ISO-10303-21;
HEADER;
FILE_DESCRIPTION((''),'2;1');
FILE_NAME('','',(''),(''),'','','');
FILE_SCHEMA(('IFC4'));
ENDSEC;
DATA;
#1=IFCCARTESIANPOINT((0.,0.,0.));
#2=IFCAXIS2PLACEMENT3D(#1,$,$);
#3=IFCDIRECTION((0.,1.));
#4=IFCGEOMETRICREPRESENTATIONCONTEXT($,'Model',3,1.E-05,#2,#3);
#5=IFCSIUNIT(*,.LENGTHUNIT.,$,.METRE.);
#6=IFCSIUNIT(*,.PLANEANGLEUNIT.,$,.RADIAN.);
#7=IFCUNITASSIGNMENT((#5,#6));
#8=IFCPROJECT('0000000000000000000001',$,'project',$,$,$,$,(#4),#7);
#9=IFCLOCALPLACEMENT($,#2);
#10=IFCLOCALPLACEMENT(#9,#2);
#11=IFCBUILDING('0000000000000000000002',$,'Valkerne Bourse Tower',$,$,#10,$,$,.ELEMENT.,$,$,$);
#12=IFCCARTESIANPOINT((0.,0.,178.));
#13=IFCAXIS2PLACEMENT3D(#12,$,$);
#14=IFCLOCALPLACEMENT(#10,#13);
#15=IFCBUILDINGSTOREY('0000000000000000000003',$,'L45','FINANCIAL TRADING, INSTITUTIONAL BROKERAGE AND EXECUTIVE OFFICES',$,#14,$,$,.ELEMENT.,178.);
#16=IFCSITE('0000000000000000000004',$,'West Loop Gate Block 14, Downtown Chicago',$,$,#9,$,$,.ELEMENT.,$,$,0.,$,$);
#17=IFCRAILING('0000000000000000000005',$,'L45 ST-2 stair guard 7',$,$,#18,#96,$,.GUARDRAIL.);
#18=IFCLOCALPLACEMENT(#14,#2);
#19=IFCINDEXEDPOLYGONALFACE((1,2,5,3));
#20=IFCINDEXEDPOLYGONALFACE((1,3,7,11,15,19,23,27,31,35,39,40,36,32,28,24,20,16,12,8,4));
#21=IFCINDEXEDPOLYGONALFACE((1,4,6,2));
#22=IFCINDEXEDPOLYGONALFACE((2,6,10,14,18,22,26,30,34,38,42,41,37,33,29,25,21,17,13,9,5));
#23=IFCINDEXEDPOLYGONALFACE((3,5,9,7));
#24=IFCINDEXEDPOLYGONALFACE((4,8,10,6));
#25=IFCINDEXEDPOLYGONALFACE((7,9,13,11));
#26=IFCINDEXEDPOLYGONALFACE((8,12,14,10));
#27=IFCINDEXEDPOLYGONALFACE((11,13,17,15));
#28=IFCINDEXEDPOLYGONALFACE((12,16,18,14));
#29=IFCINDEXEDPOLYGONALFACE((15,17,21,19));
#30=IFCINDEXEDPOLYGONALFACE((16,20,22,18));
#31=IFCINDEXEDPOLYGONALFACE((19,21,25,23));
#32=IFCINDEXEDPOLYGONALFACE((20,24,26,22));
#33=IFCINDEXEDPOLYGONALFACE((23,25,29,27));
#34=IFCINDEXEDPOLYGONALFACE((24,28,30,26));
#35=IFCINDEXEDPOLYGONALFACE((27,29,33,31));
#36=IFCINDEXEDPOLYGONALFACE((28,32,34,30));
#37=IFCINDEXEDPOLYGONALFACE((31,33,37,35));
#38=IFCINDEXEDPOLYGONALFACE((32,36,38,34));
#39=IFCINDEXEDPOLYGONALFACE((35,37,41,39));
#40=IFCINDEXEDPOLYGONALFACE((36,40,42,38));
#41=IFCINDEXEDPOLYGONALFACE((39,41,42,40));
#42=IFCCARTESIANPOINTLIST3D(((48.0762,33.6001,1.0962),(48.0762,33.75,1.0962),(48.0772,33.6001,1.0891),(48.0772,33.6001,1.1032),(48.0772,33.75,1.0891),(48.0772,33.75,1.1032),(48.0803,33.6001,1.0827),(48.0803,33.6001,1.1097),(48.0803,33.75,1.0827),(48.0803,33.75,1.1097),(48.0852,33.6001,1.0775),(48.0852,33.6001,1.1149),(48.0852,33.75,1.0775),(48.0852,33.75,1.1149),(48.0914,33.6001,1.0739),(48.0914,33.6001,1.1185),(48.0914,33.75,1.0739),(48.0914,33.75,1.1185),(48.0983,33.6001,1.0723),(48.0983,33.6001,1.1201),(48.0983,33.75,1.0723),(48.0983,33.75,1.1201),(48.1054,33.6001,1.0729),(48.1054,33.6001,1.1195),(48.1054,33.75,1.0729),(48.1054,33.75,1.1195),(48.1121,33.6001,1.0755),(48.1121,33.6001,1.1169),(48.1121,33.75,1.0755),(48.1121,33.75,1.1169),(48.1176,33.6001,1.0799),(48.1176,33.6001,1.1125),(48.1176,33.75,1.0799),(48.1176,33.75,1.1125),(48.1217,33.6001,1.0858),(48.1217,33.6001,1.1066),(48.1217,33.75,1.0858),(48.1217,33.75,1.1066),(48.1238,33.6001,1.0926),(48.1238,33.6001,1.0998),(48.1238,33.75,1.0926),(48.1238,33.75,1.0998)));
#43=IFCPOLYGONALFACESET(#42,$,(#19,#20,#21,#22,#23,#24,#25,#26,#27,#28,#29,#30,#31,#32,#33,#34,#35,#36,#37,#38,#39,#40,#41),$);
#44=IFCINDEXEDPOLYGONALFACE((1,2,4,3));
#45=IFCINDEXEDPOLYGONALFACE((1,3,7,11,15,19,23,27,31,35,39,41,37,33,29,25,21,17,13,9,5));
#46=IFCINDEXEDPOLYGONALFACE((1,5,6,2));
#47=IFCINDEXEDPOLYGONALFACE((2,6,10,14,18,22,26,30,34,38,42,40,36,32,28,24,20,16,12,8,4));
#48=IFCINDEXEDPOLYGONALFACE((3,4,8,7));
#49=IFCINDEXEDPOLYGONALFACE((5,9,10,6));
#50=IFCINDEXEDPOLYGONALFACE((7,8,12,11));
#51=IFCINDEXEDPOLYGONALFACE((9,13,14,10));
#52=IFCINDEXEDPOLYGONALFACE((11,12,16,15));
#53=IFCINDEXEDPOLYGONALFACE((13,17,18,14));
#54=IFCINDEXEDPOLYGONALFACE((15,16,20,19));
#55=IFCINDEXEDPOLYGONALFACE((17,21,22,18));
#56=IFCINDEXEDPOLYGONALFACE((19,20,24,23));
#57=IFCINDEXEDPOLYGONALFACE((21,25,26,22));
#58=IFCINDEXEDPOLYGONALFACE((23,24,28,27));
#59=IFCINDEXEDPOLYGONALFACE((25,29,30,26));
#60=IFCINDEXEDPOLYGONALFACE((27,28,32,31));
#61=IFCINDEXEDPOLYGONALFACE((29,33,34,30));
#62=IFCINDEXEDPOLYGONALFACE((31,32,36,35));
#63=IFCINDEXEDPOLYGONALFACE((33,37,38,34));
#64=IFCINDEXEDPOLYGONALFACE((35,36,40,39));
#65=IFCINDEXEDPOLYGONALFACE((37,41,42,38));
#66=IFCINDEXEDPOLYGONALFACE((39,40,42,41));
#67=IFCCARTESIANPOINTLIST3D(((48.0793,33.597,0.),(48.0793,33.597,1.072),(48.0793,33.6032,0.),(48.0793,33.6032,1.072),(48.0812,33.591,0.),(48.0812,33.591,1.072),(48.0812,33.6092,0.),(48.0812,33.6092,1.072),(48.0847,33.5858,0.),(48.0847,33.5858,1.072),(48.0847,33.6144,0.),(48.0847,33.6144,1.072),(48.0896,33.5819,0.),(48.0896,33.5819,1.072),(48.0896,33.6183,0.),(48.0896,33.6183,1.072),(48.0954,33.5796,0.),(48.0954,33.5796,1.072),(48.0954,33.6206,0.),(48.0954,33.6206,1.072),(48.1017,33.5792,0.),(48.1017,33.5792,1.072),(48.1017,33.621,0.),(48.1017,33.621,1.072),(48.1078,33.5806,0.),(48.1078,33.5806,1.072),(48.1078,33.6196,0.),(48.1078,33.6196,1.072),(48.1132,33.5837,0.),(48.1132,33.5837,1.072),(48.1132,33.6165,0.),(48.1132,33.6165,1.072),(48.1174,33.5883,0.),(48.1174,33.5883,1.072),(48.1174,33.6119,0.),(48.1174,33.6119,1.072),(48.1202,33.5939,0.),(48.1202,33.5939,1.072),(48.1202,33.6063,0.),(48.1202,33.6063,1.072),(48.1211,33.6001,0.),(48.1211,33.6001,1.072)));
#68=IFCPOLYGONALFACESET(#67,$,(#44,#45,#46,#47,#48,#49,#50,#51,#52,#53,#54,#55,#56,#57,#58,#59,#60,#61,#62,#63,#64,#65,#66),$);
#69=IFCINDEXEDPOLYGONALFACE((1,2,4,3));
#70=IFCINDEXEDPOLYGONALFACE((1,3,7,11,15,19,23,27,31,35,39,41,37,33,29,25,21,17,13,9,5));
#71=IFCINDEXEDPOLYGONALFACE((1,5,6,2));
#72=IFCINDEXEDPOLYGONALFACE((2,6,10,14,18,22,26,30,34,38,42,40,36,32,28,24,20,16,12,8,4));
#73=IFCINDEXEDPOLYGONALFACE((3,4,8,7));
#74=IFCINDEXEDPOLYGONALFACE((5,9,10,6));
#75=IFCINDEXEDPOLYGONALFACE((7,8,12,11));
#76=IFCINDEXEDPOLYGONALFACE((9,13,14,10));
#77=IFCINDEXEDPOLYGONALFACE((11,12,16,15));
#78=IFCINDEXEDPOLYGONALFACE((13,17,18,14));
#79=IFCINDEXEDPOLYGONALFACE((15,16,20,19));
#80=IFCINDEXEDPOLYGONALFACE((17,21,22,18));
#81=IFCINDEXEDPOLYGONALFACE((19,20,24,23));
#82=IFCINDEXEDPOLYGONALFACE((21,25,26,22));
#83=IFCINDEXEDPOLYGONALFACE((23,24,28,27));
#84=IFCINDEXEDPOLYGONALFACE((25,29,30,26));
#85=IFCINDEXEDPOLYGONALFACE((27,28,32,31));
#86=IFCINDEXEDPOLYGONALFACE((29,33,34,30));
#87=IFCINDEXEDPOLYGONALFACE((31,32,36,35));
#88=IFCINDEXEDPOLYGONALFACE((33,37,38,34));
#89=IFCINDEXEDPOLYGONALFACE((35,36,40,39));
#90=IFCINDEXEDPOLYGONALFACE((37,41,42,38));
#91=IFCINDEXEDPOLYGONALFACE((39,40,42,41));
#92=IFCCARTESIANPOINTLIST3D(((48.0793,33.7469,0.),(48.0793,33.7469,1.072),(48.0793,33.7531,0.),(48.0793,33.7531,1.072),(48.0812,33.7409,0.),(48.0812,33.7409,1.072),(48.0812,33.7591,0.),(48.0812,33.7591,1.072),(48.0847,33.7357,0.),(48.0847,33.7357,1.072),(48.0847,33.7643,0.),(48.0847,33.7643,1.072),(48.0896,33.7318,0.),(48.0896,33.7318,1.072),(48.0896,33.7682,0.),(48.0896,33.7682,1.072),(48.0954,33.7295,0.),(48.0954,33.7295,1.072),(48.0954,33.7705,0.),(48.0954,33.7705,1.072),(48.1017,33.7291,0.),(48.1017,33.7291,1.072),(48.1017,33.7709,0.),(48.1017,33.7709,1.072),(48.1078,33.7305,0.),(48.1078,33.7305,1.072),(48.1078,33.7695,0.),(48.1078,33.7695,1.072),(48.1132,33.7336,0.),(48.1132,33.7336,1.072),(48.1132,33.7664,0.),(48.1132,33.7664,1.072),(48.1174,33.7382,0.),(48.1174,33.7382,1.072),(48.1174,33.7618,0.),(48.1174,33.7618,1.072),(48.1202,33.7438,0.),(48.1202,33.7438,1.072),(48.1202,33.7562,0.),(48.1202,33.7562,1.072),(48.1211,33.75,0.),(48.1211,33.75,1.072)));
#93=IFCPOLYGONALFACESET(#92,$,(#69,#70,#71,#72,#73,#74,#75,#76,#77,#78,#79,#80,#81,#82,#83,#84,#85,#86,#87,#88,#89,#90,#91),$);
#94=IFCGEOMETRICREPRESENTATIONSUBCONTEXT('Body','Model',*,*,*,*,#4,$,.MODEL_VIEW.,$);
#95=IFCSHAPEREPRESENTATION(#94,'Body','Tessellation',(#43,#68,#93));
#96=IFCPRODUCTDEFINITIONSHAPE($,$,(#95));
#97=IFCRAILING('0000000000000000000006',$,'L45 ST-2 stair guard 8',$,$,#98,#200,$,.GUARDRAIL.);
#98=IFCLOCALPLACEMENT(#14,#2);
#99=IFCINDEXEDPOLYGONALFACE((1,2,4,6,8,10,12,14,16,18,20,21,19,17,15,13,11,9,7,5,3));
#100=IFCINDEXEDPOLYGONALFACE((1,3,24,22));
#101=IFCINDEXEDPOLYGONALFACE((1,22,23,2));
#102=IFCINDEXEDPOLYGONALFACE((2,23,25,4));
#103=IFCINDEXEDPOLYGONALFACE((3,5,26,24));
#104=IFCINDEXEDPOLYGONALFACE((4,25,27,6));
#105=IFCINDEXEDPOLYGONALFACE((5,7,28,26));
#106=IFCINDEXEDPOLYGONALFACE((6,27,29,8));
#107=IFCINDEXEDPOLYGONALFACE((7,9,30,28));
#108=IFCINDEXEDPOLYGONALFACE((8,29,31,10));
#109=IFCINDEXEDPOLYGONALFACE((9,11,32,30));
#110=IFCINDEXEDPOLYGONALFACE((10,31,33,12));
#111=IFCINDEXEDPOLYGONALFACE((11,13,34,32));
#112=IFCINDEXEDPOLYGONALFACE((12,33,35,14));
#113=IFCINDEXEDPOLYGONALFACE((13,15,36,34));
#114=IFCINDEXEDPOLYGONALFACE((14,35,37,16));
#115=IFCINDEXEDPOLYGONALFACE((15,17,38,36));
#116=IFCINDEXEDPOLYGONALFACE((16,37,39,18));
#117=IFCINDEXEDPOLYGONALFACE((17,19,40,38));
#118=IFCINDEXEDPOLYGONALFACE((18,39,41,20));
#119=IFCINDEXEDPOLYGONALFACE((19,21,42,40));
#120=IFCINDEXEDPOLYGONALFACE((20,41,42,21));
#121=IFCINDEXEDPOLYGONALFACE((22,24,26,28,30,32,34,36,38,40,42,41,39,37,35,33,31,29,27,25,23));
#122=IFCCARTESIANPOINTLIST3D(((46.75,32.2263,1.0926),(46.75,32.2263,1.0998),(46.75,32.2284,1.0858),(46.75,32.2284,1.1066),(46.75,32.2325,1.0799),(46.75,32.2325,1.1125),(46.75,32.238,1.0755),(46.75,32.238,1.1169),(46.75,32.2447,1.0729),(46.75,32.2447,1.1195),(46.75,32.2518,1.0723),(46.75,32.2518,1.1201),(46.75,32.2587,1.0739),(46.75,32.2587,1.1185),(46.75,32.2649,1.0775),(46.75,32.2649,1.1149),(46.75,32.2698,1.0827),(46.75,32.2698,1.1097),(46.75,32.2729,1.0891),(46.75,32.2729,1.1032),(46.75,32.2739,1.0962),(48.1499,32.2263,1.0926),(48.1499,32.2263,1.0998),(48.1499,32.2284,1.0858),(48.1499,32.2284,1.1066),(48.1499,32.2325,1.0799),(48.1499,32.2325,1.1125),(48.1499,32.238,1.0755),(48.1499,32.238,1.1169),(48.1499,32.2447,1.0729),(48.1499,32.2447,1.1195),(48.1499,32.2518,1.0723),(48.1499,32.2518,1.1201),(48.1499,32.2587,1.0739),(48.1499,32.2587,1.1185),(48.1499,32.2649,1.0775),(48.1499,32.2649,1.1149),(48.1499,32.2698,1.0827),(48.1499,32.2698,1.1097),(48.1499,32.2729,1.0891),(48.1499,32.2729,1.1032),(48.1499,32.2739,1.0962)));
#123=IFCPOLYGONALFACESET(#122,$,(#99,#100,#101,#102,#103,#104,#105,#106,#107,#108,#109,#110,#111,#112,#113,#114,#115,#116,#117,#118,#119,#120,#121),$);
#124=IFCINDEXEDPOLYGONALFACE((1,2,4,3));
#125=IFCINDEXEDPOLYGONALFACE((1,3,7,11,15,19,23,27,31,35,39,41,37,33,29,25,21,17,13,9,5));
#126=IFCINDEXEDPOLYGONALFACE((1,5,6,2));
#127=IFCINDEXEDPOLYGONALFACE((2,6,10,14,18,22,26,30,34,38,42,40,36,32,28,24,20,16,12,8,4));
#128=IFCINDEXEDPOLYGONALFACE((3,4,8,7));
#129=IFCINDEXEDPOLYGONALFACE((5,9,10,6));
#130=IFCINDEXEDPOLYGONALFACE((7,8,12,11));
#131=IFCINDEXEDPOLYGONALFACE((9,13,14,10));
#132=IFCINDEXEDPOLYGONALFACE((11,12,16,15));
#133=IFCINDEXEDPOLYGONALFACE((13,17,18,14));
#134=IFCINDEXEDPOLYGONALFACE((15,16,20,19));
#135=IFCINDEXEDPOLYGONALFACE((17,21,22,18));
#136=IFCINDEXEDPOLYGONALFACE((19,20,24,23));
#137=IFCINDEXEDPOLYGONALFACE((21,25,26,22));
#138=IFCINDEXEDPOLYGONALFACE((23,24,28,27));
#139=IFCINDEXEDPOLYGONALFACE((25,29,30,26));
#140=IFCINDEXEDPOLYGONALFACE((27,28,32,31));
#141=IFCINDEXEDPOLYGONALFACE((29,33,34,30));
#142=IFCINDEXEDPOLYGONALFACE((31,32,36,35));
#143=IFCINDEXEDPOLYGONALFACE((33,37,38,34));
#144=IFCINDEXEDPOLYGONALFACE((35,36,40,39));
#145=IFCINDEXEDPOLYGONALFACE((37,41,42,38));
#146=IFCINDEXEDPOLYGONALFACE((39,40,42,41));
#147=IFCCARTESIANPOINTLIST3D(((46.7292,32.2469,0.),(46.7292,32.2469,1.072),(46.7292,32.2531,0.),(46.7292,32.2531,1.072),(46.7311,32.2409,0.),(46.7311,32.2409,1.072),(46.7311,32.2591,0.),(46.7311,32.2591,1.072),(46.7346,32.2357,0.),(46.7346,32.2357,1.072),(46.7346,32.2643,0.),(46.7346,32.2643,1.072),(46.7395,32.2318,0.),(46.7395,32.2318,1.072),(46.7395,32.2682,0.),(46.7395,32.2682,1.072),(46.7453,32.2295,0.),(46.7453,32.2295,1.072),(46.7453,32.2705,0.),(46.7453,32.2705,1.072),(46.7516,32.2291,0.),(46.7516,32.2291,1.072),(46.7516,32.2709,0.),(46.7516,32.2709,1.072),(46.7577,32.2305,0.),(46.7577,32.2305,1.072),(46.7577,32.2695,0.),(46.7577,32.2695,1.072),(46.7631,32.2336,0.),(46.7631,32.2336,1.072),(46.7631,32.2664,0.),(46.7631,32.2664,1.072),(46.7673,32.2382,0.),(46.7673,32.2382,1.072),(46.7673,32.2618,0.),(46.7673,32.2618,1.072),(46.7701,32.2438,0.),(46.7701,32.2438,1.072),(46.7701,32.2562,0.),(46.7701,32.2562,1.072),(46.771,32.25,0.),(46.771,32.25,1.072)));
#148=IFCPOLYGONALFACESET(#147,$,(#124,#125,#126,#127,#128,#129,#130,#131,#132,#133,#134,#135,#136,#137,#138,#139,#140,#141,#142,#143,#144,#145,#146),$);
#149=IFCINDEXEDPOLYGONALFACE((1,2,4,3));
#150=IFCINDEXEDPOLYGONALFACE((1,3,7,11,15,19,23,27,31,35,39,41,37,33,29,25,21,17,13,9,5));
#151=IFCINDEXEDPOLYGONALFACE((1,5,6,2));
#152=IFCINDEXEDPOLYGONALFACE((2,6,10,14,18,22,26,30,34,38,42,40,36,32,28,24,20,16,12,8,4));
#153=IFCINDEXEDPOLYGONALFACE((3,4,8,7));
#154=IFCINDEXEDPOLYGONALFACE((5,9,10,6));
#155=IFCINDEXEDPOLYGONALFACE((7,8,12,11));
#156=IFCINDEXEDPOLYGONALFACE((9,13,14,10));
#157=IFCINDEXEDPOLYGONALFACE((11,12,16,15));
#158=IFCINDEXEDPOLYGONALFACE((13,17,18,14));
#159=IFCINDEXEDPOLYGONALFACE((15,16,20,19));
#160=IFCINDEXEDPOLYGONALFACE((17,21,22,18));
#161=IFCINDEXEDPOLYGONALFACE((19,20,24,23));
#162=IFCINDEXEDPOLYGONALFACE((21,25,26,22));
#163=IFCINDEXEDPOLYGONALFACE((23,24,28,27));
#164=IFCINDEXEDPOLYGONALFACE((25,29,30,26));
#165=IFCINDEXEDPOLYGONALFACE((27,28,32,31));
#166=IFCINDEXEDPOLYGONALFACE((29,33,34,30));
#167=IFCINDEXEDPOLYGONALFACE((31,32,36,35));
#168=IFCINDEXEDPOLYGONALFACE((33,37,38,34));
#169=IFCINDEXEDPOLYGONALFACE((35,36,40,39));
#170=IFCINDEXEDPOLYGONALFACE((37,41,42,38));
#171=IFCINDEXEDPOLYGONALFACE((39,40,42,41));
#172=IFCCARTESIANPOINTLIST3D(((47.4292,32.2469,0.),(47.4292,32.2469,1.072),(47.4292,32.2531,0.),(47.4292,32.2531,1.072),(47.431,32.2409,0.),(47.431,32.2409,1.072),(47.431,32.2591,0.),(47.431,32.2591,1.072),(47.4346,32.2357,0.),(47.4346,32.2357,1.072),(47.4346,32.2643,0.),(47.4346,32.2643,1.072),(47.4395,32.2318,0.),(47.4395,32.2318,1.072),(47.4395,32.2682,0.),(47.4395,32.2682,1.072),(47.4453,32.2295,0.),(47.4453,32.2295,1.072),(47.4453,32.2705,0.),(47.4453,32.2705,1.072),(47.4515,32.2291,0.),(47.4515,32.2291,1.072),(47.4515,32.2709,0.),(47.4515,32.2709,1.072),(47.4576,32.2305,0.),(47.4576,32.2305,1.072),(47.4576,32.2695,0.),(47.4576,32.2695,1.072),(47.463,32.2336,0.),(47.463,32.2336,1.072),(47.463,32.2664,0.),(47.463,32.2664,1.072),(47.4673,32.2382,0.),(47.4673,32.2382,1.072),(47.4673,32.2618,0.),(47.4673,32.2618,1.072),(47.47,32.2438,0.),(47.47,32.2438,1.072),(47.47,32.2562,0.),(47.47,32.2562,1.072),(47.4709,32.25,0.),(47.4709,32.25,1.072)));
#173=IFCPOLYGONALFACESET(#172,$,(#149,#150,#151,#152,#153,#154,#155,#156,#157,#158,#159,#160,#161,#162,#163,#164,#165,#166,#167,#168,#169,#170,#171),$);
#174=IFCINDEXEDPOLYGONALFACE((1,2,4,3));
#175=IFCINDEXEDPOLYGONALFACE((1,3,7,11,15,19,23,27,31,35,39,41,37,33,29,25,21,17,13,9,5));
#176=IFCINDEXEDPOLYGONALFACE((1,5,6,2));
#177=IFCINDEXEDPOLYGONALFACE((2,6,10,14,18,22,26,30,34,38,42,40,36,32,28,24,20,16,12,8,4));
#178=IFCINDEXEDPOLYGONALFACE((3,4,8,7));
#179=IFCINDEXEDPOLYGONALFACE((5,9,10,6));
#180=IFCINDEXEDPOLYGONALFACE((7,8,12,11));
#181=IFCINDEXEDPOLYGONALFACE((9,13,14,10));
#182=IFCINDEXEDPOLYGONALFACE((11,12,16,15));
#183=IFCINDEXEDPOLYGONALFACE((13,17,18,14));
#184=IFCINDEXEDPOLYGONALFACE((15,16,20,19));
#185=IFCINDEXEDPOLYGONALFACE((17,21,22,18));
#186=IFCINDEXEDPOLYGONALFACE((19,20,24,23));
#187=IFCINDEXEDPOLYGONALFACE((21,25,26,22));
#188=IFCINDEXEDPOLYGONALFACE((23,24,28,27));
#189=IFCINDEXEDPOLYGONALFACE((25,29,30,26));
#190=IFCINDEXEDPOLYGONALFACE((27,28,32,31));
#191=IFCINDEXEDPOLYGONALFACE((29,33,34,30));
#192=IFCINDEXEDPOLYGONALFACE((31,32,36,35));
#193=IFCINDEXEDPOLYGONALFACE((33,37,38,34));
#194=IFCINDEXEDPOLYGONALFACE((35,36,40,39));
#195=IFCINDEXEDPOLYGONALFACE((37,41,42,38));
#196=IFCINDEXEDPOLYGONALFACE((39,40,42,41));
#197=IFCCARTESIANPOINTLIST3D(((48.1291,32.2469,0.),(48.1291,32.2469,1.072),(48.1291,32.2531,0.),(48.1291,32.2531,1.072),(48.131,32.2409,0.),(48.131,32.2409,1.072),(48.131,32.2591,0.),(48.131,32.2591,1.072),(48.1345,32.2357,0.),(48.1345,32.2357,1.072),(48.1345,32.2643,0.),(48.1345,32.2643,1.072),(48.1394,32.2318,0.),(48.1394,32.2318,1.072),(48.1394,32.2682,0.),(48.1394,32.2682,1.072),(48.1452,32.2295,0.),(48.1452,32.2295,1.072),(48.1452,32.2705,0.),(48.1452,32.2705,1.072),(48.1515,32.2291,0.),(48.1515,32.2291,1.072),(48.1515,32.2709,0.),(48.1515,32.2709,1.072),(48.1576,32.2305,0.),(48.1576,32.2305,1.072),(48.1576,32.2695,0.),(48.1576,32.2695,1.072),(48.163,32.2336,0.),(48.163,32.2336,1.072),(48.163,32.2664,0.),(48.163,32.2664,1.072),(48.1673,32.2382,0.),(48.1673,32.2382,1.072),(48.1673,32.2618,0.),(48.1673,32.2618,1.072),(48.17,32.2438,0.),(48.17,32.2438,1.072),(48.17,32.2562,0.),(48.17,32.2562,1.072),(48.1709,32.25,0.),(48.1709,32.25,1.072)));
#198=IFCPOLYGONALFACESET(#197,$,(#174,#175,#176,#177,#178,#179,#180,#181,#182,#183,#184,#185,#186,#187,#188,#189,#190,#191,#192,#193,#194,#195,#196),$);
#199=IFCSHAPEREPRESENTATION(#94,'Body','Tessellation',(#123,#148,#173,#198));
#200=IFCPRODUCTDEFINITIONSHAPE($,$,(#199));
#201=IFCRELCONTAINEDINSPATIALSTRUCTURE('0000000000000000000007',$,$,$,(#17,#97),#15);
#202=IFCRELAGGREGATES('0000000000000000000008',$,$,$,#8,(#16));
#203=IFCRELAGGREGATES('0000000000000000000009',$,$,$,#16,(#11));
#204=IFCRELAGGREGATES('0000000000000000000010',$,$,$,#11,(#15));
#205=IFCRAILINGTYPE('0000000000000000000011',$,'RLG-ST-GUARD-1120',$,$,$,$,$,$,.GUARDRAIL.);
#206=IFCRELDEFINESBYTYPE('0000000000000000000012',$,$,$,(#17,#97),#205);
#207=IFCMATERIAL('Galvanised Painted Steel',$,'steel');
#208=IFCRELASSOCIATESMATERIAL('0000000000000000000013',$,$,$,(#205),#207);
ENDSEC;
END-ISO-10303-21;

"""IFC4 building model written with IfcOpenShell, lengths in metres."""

from ifc_helpers import new_model, si_unit, direction, frame, origin, origin_2d, place, context, subcontext, project, spatial, circle, extrude, material, type_object, element, save


model = new_model("IFC4")

# Units and contexts
model_context = context("Model", 3, precision=1e-05, world=origin(), true_north=direction((0.0, 1.0)))
body_context = subcontext(model_context, "Body", "Model", "MODEL_VIEW")
ifc_project = project(units=[si_unit("LENGTHUNIT", "METRE"), si_unit("PLANEANGLEUNIT", "RADIAN")], contexts=[model_context])

# Site, building, storey
site_placement = place(None, origin())
site = spatial("IfcSite", under=ifc_project, at=site_placement, Name="West Loop Gate Block 14, Downtown Chicago", CompositionType="ELEMENT", RefElevation=0.0)
building_placement = place(site_placement, origin())
building = spatial("IfcBuilding", under=site, at=building_placement, Name="Valkerne Bourse Tower", CompositionType="ELEMENT")
storey_placement = place(building_placement, frame((0.0, 0.0, 178.0)))
storey = spatial("IfcBuildingStorey", under=building, at=storey_placement, Name="L45", Description="FINANCIAL TRADING, INSTITUTIONAL BROKERAGE AND EXECUTIVE OFFICES", CompositionType="ELEMENT", Elevation=178.0)

# Shared definitions
ifc_material_1 = material(Name="Galvanised Painted Steel", Category="steel")

# Railings
railing_type_1 = type_object("IfcRailingType", Name="RLG-ST-GUARD-1120", PredefinedType="GUARDRAIL", material=ifc_material_1)
railing_1_placement = place(storey_placement, frame((48.1001, 33.6001, 0.0)))
element("IfcRailing", 1, at=railing_1_placement, inside=storey, type_object=railing_type_1, Name="L45 ST-2 stair guard 7", PredefinedType="GUARDRAIL", context=body_context, shape_type="SweptSolid", body=[
    extrude(circle(Radius=0.0239, at=origin_2d()), frame((0.0, 0.0, 1.0962), z_axis=(0.0, 1.0, 0.0), x_axis=(-1.0, 0.0, 0.0)), (0.0, 0.0, 1.0), 0.1499),
    extrude(circle(Radius=0.021, at=origin_2d()), origin(), (0.0, 0.0, 1.0), 1.072),
    extrude(circle(Radius=0.021, at=origin_2d()), frame((0.0, 0.1499, 0.0)), (0.0, 0.0, 1.0), 1.072),
])
for number, where, name in (
    (2, (46.75, 32.25, 0.0), "L45 ST-2 stair guard 8"),
):
    element("IfcRailing", number, at=place(storey_placement, frame(where)), inside=storey, type_object=railing_type_1, Name=name, PredefinedType="GUARDRAIL", context=body_context, shape_type="SweptSolid", body=[
        extrude(circle(Radius=0.0239, at=origin_2d()), frame((0.0, 0.0, 1.0962), z_axis=(1.0, 0.0, 0.0), x_axis=(0.0, 1.0, 0.0)), (0.0, 0.0, 1.0), 1.3999),
        extrude(circle(Radius=0.021, at=origin_2d()), origin(), (0.0, 0.0, 1.0), 1.072),
        extrude(circle(Radius=0.021, at=origin_2d()), frame((0.7, 0.0, 0.0)), (0.0, 0.0, 1.0), 1.072),
        extrude(circle(Radius=0.021, at=origin_2d()), frame((1.3999, 0.0, 0.0)), (0.0, 0.0, 1.0), 1.072),
    ])

save(model, "model.ifc")
